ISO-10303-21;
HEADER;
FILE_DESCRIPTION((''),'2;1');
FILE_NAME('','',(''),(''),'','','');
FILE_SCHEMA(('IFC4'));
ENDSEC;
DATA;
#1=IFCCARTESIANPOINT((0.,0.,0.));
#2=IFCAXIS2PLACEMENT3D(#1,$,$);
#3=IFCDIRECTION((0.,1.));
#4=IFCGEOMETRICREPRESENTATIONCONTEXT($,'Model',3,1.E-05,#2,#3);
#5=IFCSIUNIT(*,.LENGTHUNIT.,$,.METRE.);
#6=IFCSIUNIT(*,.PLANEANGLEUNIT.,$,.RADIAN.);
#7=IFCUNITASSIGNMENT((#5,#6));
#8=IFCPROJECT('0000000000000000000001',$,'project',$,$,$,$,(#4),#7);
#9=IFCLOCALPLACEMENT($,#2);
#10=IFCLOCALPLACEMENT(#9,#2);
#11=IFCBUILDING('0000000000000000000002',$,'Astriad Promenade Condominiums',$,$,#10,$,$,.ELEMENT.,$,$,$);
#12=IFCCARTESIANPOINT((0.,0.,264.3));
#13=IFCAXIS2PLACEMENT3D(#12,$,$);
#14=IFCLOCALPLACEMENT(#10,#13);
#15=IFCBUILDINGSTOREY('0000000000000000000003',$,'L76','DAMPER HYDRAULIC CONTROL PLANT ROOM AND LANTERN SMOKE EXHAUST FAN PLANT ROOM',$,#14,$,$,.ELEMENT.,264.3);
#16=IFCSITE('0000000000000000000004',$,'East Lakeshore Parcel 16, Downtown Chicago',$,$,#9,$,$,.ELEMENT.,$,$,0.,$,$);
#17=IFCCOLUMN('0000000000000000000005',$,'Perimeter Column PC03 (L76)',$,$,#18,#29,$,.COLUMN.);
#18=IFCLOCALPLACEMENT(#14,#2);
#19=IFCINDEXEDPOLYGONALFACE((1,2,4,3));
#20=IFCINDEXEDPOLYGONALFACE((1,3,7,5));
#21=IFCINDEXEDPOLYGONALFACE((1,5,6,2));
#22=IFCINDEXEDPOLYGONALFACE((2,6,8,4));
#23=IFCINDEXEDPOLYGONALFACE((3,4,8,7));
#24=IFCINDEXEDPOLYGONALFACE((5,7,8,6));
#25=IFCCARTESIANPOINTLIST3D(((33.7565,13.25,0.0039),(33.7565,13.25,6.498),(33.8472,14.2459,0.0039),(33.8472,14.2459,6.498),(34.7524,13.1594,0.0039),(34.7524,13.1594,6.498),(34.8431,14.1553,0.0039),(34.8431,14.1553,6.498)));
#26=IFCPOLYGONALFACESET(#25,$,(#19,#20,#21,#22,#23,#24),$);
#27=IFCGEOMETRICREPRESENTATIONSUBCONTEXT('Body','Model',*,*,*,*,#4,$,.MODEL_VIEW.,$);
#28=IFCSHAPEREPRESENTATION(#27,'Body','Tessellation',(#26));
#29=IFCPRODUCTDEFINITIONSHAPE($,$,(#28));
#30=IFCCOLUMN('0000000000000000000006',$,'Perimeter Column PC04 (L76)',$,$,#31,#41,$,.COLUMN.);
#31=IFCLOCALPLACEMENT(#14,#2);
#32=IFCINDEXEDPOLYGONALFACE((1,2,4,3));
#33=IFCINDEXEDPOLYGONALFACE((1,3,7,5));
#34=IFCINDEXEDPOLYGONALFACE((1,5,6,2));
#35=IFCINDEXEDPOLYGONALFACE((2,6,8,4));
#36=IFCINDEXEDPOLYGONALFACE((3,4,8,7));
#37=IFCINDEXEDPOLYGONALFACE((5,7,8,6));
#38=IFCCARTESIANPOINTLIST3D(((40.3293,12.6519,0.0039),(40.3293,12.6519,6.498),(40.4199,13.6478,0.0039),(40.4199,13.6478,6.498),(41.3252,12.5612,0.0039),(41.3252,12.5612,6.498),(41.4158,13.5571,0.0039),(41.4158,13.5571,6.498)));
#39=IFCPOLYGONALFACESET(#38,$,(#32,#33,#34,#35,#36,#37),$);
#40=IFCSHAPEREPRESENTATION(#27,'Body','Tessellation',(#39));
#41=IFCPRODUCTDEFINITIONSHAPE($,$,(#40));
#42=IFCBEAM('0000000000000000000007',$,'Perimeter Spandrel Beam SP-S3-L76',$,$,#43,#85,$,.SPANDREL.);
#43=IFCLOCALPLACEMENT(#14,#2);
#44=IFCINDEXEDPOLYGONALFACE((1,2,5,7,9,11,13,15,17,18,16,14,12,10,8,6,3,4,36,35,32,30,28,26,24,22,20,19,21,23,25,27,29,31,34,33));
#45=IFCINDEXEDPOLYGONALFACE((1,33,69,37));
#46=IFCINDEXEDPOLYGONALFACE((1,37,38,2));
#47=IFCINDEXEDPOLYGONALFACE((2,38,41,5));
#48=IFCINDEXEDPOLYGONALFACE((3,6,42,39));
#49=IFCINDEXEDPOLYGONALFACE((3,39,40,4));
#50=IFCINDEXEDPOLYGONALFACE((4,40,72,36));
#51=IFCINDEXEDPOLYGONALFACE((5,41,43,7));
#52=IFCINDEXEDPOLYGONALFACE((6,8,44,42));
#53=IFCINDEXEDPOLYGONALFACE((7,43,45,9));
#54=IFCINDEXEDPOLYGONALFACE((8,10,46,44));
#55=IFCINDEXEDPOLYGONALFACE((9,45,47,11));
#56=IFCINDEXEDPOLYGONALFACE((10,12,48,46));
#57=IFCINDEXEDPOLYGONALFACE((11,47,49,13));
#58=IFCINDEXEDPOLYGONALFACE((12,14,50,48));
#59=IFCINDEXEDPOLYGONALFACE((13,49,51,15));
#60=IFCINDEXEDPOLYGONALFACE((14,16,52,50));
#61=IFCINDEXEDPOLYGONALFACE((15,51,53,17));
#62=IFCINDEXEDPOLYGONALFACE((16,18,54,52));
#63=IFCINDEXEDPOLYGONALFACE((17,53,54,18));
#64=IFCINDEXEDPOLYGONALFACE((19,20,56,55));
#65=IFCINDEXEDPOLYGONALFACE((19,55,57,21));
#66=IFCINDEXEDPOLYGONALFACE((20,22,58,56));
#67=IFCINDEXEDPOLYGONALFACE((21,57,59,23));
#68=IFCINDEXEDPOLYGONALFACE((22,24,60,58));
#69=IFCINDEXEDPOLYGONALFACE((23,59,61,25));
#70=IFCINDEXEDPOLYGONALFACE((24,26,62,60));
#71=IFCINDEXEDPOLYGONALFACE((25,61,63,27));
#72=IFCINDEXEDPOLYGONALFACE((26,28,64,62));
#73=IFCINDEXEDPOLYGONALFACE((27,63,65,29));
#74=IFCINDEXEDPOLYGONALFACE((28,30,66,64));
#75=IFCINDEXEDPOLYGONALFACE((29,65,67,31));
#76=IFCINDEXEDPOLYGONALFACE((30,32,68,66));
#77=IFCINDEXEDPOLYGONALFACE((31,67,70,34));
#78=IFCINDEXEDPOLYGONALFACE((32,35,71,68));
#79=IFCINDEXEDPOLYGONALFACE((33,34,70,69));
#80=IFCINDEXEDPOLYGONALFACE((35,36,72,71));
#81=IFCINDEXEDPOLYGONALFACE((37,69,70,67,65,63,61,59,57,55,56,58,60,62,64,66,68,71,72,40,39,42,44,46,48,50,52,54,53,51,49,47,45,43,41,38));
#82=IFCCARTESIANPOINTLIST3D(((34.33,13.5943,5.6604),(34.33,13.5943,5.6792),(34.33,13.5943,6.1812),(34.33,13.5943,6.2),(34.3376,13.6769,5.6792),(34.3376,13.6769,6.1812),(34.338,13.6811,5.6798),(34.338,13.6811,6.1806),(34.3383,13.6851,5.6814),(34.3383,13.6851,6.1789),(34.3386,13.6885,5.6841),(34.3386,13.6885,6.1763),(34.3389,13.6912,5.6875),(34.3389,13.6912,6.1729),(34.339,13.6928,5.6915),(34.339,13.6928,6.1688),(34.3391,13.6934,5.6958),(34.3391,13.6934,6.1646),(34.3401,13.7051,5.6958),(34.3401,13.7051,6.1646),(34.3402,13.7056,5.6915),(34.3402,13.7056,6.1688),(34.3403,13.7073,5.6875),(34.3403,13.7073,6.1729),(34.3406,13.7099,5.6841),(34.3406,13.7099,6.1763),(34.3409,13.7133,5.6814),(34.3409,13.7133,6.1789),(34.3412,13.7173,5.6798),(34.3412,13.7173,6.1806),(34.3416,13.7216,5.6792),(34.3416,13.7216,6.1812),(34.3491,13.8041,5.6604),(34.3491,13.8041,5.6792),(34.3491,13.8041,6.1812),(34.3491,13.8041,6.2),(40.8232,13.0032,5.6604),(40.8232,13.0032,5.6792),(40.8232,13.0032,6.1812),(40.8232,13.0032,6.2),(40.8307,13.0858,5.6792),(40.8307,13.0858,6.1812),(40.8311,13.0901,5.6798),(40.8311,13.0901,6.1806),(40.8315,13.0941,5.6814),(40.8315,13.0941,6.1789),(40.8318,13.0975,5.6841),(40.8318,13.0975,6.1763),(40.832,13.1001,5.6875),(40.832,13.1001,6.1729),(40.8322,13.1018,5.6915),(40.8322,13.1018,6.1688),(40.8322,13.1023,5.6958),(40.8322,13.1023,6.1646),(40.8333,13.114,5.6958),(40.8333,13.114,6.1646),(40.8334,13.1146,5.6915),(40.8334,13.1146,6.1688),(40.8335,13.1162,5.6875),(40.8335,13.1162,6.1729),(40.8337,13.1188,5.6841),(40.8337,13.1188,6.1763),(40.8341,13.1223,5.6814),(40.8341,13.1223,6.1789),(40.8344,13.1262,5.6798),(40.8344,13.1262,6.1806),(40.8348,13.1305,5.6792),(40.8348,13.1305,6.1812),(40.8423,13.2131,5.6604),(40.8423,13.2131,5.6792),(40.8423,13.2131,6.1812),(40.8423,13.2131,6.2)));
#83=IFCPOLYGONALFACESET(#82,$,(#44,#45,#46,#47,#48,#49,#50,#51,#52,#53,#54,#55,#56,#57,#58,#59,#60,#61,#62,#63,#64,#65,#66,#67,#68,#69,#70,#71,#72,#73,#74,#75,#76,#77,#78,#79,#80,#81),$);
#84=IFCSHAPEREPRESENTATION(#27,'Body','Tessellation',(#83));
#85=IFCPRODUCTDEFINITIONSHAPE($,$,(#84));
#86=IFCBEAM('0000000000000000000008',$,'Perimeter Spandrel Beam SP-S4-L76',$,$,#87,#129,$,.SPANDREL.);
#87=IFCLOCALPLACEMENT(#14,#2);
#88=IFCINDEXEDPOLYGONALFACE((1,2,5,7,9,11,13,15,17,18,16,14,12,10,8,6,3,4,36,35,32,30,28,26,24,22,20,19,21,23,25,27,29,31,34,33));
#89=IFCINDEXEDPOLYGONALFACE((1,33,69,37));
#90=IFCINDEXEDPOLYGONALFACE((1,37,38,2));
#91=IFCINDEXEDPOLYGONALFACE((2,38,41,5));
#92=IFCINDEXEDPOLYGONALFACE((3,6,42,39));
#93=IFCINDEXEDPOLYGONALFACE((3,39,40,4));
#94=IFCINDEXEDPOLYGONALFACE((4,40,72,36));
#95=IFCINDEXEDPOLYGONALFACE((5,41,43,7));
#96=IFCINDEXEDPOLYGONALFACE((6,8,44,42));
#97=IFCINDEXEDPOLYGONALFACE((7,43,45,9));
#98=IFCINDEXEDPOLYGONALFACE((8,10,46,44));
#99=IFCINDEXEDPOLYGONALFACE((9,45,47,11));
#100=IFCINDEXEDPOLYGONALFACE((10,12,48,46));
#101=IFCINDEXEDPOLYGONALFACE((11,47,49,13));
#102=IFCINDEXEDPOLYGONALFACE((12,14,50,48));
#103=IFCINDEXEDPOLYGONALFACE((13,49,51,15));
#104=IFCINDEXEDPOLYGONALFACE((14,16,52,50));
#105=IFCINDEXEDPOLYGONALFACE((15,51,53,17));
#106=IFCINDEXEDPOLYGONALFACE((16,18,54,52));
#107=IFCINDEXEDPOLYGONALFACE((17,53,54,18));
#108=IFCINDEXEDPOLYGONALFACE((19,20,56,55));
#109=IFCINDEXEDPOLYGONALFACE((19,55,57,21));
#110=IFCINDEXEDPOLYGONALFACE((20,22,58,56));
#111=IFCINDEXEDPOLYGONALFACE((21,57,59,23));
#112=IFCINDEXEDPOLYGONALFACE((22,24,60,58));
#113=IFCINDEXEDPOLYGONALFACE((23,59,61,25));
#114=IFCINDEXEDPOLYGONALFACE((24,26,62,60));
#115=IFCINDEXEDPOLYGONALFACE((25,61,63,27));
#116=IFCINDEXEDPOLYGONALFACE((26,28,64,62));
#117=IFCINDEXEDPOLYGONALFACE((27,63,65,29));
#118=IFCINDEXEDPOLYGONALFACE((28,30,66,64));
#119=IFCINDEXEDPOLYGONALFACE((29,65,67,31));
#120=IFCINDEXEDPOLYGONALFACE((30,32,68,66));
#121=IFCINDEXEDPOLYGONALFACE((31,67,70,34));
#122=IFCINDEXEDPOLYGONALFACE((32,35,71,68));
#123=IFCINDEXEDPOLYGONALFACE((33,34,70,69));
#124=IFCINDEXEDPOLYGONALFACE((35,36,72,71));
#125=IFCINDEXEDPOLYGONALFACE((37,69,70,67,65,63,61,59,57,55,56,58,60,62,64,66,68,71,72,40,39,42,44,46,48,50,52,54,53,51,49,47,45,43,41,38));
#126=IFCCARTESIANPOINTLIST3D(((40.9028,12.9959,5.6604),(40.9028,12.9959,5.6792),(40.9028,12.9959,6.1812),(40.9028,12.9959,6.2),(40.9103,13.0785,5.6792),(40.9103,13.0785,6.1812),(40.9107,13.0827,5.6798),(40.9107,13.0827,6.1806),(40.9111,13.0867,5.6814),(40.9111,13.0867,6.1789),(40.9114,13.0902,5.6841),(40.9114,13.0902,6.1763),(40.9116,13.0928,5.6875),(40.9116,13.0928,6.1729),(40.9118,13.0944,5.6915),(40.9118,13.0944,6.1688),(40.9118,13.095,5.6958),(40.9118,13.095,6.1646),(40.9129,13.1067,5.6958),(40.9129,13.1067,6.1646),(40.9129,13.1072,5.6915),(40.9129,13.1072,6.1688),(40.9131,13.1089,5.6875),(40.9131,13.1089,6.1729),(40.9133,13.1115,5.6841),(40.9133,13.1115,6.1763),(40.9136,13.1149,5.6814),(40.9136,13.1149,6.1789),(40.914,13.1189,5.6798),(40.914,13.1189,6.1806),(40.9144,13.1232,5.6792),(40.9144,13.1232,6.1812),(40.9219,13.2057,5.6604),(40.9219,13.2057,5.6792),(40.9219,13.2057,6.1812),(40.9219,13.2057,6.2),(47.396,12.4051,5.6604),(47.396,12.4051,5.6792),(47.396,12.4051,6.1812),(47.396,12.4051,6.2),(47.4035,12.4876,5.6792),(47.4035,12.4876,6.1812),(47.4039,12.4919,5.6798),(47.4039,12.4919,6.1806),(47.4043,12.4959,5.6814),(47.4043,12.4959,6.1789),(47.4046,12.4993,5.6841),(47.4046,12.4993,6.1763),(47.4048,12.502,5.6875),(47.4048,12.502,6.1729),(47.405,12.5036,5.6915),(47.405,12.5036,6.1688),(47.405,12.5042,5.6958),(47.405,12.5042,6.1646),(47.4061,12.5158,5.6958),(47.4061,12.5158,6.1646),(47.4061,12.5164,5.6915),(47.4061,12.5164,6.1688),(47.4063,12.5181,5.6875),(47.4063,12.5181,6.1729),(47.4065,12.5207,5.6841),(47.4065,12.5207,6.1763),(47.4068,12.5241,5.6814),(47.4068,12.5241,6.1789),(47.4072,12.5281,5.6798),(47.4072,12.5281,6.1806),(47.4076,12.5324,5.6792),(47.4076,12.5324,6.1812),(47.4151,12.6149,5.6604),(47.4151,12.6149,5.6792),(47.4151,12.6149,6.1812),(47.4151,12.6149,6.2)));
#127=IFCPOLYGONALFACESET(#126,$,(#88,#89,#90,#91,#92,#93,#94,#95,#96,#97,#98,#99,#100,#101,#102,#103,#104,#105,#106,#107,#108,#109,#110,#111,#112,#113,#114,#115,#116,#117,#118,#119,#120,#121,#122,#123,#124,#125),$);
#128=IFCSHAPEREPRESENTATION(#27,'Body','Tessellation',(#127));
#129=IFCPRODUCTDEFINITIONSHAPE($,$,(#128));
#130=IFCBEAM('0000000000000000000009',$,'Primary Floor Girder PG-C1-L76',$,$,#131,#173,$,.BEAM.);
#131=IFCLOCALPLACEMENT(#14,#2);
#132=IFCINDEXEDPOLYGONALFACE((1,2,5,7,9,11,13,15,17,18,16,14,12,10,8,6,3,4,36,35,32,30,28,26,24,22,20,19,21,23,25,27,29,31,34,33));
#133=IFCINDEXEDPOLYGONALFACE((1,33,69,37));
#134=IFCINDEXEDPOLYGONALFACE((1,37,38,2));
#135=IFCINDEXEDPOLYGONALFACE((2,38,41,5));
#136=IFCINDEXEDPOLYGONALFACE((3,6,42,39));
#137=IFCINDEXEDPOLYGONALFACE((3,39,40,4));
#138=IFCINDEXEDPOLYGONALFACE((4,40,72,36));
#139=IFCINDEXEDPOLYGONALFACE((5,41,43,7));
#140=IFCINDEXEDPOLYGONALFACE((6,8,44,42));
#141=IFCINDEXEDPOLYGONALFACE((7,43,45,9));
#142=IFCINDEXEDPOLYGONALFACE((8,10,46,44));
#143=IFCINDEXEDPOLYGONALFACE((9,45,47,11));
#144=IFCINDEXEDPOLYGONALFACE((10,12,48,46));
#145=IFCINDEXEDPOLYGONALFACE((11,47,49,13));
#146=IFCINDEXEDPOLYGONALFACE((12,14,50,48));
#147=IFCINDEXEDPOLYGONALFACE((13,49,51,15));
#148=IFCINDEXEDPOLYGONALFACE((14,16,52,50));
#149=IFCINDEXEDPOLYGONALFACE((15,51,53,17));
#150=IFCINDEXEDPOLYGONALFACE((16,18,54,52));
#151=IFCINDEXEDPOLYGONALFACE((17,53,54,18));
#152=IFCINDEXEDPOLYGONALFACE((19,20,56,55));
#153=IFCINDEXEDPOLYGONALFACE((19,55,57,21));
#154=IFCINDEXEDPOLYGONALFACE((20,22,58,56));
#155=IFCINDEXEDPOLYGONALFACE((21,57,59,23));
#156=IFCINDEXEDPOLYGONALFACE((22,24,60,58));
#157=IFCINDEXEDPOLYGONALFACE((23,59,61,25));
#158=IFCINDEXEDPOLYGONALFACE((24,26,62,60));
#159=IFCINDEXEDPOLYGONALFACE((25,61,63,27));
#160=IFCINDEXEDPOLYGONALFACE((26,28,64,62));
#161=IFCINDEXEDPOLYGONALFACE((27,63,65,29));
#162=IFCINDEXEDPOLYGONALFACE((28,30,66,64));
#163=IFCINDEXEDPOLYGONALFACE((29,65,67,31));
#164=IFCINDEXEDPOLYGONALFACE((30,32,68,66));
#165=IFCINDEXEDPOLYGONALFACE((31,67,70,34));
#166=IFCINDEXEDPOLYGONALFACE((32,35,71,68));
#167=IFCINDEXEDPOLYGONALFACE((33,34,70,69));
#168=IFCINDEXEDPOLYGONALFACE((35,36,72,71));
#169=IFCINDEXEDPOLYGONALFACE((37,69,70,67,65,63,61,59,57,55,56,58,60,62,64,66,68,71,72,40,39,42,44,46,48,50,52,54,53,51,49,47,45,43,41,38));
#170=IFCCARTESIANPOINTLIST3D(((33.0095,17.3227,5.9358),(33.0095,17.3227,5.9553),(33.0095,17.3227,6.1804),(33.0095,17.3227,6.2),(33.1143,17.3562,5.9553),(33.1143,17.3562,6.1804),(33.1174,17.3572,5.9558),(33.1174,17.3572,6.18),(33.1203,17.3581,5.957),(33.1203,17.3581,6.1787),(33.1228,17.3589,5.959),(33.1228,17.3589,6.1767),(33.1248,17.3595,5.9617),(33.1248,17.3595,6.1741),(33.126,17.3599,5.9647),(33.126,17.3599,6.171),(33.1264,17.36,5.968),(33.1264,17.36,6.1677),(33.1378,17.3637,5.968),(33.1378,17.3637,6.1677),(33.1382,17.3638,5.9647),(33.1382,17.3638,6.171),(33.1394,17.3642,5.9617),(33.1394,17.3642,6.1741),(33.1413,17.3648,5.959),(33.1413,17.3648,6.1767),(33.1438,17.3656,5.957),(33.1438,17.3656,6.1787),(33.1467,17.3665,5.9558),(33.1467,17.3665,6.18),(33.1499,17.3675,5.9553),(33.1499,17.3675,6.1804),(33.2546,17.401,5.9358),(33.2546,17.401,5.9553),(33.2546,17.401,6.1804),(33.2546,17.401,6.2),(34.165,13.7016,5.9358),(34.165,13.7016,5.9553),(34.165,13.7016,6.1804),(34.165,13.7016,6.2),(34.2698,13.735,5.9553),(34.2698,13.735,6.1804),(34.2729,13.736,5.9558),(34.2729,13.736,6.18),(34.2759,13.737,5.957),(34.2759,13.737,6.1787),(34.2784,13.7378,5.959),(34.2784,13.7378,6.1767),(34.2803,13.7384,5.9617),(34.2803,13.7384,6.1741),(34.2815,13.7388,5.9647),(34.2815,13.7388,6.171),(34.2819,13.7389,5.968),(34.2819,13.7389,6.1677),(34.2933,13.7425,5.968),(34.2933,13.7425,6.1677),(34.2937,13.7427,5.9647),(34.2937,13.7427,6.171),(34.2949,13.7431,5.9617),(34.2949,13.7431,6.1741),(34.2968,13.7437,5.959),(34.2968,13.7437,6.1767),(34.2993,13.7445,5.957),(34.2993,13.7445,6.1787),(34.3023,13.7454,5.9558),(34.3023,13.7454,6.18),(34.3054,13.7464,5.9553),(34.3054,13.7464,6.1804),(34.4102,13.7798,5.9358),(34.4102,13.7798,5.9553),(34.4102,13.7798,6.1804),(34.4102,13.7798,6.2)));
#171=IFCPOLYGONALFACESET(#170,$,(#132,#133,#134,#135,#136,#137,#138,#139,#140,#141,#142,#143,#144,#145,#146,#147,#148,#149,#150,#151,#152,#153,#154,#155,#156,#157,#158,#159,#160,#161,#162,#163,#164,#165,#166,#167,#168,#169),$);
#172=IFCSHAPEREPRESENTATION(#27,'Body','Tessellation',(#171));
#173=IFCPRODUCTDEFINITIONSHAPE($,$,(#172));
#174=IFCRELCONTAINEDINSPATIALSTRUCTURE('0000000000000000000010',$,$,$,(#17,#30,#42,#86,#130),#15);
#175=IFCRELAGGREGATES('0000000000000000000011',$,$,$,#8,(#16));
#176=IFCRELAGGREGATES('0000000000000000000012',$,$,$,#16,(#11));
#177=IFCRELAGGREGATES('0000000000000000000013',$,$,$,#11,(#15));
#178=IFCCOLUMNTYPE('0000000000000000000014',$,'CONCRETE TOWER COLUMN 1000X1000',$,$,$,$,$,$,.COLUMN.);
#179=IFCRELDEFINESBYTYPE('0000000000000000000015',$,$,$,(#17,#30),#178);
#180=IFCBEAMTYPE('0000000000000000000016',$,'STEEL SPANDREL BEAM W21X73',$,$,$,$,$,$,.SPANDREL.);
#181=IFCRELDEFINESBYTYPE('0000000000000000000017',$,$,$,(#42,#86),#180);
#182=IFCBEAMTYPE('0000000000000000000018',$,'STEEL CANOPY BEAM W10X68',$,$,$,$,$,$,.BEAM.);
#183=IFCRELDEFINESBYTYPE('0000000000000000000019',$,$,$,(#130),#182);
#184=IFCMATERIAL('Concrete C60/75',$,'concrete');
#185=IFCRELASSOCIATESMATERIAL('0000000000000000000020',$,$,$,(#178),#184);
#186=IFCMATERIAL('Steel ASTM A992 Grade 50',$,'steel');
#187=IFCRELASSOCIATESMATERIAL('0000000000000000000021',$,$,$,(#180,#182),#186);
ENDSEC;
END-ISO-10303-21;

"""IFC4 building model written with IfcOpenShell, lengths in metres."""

from ifc_helpers import new_model, si_unit, direction, frame, origin, origin_2d, place, context, subcontext, project, spatial, rectangle, i_section, extrude, source, transform, mapped, material, material_profile, profile_set, type_object, type_shapes, element, save


model = new_model("IFC4")

# Units and contexts
model_context = context("Model", 3, precision=1e-05, world=origin(), true_north=direction((0.0, 1.0)))
body_context = subcontext(model_context, "Body", "Model", "MODEL_VIEW")
ifc_project = project(units=[si_unit("LENGTHUNIT", "METRE"), si_unit("PLANEANGLEUNIT", "RADIAN")], contexts=[model_context])

# Site, building, storey
site_placement = place(None, origin())
site = spatial("IfcSite", under=ifc_project, at=site_placement, Name="East Lakeshore Parcel 16, Downtown Chicago", CompositionType="ELEMENT", RefElevation=0.0)
building_placement = place(site_placement, origin())
building = spatial("IfcBuilding", under=site, at=building_placement, Name="Astriad Promenade Condominiums", CompositionType="ELEMENT")
storey_placement = place(building_placement, frame((0.0, 0.0, 264.3)))
storey = spatial("IfcBuildingStorey", under=building, at=storey_placement, Name="L76", Description="DAMPER HYDRAULIC CONTROL PLANT ROOM AND LANTERN SMOKE EXHAUST FAN PLANT ROOM", CompositionType="ELEMENT", Elevation=264.3)

# Columns
ifc_material_1 = material(Name="Concrete C60/75", Category="concrete")
ifc_material_profile_1 = material_profile(ifc_material_1, rectangle(XDim=1.0, YDim=1.0, at=origin_2d()), Name="RC-COL-1000X1000")
ifc_profile_set_1 = profile_set([ifc_material_profile_1], Name="Concrete C60/75")
column_type = type_object("IfcColumnType", Name="CONCRETE TOWER COLUMN 1000X1000", PredefinedType="COLUMN", material=ifc_profile_set_1)
shared_shape_1 = source(origin(), body_context, "Body", "SweptSolid", [
    extrude(rectangle(XDim=1.0, YDim=1.0, at=origin_2d()), origin(), (0.0, 0.0, 1.0), 6.4941),
])
type_shapes(column_type, [shared_shape_1])
for number, where, z_axis, x_axis, name in (
    (1, (34.2998, 13.7026, 0.0039), (0.0, 0.0, 1.0), (0.995884, -0.090633, 0.0), "Perimeter Column PC03 (L76)"),
    (2, (40.8726, 13.1045, 0.0039), (0.0, 0.0, 1.0), (0.995884, -0.090633, 0.0), "Perimeter Column PC04 (L76)"),
):
    element("IfcColumn", number, at=place(storey_placement, frame(where, z_axis=z_axis, x_axis=x_axis)), inside=storey, type_object=column_type, Name=name, PredefinedType="COLUMN", context=body_context, shape_type="MappedRepresentation", body=[
        mapped(shared_shape_1, transform((0.0, 0.0, 0.0), scale=1.0)),
    ])

# Beams
ifc_material_2 = material(Name="Steel ASTM A992 Grade 50", Category="steel")
ifc_material_profile_2 = material_profile(ifc_material_2, i_section(OverallWidth=0.2107, OverallDepth=0.5396, WebThickness=0.0117, FlangeThickness=0.0188, FilletRadius=0.0166, at=origin_2d()), Name="W21X73")
ifc_profile_set_2 = profile_set([ifc_material_profile_2], Name="Steel ASTM A992 Grade 50")
beam_type_1 = type_object("IfcBeamType", Name="STEEL SPANDREL BEAM W21X73", PredefinedType="SPANDREL", material=ifc_profile_set_2)
shared_shape_2 = source(origin(), body_context, "Body", "SweptSolid", [
    extrude(i_section(OverallWidth=0.2107, OverallDepth=0.5396, WebThickness=0.0117, FlangeThickness=0.0188, FilletRadius=0.0166, at=origin_2d()), origin(), (0.0, 0.0, 1.0), 6.52),
])
type_shapes(beam_type_1, [shared_shape_2])
for number, where, z_axis, x_axis, name in (
    (3, (34.3396, 13.6992, 5.9302), (0.995882, -0.090654, 0.0), (0.090654, 0.995882, 0.0), "Perimeter Spandrel Beam SP-S3-L76"),
    (4, (40.9124, 13.1008, 5.9302), (0.995886, -0.090617, 0.0), (0.090617, 0.995886, 0.0), "Perimeter Spandrel Beam SP-S4-L76"),
):
    element("IfcBeam", number, at=place(storey_placement, frame(where, z_axis=z_axis, x_axis=x_axis)), inside=storey, type_object=beam_type_1, Name=name, PredefinedType="SPANDREL", context=body_context, shape_type="MappedRepresentation", body=[
        mapped(shared_shape_2, transform((0.0, 0.0, 0.0), scale=1.0)),
    ])
ifc_material_profile_3 = material_profile(ifc_material_2, i_section(OverallWidth=0.2573, OverallDepth=0.2642, WebThickness=0.012, FlangeThickness=0.0195, FilletRadius=0.0127, at=origin_2d()), Name="W10X68")
ifc_profile_set_3 = profile_set([ifc_material_profile_3], Name="Steel ASTM A992 Grade 50")
beam_type_2 = type_object("IfcBeamType", Name="STEEL CANOPY BEAM W10X68", PredefinedType="BEAM", material=ifc_profile_set_3)
shared_shape_3 = source(origin(), body_context, "Body", "SweptSolid", [
    extrude(i_section(OverallWidth=0.2573, OverallDepth=0.2642, WebThickness=0.012, FlangeThickness=0.0195, FilletRadius=0.0127, at=origin_2d()), origin(), (0.0, 0.0, 1.0), 3.801),
])
beam_1_placement = place(storey_placement, frame((34.2876, 13.7407, 6.0679), z_axis=(-0.304004, 0.952671, 0.0), x_axis=(-0.952671, -0.304004, 0.0)))
element("IfcBeam", 5, at=beam_1_placement, inside=storey, type_object=beam_type_2, Name="Primary Floor Girder PG-C1-L76", PredefinedType="BEAM", context=body_context, shape_type="MappedRepresentation", body=[
    mapped(shared_shape_3, transform((0.0, 0.0, 0.0), scale=1.0)),
])

save(model, "model.ifc")
